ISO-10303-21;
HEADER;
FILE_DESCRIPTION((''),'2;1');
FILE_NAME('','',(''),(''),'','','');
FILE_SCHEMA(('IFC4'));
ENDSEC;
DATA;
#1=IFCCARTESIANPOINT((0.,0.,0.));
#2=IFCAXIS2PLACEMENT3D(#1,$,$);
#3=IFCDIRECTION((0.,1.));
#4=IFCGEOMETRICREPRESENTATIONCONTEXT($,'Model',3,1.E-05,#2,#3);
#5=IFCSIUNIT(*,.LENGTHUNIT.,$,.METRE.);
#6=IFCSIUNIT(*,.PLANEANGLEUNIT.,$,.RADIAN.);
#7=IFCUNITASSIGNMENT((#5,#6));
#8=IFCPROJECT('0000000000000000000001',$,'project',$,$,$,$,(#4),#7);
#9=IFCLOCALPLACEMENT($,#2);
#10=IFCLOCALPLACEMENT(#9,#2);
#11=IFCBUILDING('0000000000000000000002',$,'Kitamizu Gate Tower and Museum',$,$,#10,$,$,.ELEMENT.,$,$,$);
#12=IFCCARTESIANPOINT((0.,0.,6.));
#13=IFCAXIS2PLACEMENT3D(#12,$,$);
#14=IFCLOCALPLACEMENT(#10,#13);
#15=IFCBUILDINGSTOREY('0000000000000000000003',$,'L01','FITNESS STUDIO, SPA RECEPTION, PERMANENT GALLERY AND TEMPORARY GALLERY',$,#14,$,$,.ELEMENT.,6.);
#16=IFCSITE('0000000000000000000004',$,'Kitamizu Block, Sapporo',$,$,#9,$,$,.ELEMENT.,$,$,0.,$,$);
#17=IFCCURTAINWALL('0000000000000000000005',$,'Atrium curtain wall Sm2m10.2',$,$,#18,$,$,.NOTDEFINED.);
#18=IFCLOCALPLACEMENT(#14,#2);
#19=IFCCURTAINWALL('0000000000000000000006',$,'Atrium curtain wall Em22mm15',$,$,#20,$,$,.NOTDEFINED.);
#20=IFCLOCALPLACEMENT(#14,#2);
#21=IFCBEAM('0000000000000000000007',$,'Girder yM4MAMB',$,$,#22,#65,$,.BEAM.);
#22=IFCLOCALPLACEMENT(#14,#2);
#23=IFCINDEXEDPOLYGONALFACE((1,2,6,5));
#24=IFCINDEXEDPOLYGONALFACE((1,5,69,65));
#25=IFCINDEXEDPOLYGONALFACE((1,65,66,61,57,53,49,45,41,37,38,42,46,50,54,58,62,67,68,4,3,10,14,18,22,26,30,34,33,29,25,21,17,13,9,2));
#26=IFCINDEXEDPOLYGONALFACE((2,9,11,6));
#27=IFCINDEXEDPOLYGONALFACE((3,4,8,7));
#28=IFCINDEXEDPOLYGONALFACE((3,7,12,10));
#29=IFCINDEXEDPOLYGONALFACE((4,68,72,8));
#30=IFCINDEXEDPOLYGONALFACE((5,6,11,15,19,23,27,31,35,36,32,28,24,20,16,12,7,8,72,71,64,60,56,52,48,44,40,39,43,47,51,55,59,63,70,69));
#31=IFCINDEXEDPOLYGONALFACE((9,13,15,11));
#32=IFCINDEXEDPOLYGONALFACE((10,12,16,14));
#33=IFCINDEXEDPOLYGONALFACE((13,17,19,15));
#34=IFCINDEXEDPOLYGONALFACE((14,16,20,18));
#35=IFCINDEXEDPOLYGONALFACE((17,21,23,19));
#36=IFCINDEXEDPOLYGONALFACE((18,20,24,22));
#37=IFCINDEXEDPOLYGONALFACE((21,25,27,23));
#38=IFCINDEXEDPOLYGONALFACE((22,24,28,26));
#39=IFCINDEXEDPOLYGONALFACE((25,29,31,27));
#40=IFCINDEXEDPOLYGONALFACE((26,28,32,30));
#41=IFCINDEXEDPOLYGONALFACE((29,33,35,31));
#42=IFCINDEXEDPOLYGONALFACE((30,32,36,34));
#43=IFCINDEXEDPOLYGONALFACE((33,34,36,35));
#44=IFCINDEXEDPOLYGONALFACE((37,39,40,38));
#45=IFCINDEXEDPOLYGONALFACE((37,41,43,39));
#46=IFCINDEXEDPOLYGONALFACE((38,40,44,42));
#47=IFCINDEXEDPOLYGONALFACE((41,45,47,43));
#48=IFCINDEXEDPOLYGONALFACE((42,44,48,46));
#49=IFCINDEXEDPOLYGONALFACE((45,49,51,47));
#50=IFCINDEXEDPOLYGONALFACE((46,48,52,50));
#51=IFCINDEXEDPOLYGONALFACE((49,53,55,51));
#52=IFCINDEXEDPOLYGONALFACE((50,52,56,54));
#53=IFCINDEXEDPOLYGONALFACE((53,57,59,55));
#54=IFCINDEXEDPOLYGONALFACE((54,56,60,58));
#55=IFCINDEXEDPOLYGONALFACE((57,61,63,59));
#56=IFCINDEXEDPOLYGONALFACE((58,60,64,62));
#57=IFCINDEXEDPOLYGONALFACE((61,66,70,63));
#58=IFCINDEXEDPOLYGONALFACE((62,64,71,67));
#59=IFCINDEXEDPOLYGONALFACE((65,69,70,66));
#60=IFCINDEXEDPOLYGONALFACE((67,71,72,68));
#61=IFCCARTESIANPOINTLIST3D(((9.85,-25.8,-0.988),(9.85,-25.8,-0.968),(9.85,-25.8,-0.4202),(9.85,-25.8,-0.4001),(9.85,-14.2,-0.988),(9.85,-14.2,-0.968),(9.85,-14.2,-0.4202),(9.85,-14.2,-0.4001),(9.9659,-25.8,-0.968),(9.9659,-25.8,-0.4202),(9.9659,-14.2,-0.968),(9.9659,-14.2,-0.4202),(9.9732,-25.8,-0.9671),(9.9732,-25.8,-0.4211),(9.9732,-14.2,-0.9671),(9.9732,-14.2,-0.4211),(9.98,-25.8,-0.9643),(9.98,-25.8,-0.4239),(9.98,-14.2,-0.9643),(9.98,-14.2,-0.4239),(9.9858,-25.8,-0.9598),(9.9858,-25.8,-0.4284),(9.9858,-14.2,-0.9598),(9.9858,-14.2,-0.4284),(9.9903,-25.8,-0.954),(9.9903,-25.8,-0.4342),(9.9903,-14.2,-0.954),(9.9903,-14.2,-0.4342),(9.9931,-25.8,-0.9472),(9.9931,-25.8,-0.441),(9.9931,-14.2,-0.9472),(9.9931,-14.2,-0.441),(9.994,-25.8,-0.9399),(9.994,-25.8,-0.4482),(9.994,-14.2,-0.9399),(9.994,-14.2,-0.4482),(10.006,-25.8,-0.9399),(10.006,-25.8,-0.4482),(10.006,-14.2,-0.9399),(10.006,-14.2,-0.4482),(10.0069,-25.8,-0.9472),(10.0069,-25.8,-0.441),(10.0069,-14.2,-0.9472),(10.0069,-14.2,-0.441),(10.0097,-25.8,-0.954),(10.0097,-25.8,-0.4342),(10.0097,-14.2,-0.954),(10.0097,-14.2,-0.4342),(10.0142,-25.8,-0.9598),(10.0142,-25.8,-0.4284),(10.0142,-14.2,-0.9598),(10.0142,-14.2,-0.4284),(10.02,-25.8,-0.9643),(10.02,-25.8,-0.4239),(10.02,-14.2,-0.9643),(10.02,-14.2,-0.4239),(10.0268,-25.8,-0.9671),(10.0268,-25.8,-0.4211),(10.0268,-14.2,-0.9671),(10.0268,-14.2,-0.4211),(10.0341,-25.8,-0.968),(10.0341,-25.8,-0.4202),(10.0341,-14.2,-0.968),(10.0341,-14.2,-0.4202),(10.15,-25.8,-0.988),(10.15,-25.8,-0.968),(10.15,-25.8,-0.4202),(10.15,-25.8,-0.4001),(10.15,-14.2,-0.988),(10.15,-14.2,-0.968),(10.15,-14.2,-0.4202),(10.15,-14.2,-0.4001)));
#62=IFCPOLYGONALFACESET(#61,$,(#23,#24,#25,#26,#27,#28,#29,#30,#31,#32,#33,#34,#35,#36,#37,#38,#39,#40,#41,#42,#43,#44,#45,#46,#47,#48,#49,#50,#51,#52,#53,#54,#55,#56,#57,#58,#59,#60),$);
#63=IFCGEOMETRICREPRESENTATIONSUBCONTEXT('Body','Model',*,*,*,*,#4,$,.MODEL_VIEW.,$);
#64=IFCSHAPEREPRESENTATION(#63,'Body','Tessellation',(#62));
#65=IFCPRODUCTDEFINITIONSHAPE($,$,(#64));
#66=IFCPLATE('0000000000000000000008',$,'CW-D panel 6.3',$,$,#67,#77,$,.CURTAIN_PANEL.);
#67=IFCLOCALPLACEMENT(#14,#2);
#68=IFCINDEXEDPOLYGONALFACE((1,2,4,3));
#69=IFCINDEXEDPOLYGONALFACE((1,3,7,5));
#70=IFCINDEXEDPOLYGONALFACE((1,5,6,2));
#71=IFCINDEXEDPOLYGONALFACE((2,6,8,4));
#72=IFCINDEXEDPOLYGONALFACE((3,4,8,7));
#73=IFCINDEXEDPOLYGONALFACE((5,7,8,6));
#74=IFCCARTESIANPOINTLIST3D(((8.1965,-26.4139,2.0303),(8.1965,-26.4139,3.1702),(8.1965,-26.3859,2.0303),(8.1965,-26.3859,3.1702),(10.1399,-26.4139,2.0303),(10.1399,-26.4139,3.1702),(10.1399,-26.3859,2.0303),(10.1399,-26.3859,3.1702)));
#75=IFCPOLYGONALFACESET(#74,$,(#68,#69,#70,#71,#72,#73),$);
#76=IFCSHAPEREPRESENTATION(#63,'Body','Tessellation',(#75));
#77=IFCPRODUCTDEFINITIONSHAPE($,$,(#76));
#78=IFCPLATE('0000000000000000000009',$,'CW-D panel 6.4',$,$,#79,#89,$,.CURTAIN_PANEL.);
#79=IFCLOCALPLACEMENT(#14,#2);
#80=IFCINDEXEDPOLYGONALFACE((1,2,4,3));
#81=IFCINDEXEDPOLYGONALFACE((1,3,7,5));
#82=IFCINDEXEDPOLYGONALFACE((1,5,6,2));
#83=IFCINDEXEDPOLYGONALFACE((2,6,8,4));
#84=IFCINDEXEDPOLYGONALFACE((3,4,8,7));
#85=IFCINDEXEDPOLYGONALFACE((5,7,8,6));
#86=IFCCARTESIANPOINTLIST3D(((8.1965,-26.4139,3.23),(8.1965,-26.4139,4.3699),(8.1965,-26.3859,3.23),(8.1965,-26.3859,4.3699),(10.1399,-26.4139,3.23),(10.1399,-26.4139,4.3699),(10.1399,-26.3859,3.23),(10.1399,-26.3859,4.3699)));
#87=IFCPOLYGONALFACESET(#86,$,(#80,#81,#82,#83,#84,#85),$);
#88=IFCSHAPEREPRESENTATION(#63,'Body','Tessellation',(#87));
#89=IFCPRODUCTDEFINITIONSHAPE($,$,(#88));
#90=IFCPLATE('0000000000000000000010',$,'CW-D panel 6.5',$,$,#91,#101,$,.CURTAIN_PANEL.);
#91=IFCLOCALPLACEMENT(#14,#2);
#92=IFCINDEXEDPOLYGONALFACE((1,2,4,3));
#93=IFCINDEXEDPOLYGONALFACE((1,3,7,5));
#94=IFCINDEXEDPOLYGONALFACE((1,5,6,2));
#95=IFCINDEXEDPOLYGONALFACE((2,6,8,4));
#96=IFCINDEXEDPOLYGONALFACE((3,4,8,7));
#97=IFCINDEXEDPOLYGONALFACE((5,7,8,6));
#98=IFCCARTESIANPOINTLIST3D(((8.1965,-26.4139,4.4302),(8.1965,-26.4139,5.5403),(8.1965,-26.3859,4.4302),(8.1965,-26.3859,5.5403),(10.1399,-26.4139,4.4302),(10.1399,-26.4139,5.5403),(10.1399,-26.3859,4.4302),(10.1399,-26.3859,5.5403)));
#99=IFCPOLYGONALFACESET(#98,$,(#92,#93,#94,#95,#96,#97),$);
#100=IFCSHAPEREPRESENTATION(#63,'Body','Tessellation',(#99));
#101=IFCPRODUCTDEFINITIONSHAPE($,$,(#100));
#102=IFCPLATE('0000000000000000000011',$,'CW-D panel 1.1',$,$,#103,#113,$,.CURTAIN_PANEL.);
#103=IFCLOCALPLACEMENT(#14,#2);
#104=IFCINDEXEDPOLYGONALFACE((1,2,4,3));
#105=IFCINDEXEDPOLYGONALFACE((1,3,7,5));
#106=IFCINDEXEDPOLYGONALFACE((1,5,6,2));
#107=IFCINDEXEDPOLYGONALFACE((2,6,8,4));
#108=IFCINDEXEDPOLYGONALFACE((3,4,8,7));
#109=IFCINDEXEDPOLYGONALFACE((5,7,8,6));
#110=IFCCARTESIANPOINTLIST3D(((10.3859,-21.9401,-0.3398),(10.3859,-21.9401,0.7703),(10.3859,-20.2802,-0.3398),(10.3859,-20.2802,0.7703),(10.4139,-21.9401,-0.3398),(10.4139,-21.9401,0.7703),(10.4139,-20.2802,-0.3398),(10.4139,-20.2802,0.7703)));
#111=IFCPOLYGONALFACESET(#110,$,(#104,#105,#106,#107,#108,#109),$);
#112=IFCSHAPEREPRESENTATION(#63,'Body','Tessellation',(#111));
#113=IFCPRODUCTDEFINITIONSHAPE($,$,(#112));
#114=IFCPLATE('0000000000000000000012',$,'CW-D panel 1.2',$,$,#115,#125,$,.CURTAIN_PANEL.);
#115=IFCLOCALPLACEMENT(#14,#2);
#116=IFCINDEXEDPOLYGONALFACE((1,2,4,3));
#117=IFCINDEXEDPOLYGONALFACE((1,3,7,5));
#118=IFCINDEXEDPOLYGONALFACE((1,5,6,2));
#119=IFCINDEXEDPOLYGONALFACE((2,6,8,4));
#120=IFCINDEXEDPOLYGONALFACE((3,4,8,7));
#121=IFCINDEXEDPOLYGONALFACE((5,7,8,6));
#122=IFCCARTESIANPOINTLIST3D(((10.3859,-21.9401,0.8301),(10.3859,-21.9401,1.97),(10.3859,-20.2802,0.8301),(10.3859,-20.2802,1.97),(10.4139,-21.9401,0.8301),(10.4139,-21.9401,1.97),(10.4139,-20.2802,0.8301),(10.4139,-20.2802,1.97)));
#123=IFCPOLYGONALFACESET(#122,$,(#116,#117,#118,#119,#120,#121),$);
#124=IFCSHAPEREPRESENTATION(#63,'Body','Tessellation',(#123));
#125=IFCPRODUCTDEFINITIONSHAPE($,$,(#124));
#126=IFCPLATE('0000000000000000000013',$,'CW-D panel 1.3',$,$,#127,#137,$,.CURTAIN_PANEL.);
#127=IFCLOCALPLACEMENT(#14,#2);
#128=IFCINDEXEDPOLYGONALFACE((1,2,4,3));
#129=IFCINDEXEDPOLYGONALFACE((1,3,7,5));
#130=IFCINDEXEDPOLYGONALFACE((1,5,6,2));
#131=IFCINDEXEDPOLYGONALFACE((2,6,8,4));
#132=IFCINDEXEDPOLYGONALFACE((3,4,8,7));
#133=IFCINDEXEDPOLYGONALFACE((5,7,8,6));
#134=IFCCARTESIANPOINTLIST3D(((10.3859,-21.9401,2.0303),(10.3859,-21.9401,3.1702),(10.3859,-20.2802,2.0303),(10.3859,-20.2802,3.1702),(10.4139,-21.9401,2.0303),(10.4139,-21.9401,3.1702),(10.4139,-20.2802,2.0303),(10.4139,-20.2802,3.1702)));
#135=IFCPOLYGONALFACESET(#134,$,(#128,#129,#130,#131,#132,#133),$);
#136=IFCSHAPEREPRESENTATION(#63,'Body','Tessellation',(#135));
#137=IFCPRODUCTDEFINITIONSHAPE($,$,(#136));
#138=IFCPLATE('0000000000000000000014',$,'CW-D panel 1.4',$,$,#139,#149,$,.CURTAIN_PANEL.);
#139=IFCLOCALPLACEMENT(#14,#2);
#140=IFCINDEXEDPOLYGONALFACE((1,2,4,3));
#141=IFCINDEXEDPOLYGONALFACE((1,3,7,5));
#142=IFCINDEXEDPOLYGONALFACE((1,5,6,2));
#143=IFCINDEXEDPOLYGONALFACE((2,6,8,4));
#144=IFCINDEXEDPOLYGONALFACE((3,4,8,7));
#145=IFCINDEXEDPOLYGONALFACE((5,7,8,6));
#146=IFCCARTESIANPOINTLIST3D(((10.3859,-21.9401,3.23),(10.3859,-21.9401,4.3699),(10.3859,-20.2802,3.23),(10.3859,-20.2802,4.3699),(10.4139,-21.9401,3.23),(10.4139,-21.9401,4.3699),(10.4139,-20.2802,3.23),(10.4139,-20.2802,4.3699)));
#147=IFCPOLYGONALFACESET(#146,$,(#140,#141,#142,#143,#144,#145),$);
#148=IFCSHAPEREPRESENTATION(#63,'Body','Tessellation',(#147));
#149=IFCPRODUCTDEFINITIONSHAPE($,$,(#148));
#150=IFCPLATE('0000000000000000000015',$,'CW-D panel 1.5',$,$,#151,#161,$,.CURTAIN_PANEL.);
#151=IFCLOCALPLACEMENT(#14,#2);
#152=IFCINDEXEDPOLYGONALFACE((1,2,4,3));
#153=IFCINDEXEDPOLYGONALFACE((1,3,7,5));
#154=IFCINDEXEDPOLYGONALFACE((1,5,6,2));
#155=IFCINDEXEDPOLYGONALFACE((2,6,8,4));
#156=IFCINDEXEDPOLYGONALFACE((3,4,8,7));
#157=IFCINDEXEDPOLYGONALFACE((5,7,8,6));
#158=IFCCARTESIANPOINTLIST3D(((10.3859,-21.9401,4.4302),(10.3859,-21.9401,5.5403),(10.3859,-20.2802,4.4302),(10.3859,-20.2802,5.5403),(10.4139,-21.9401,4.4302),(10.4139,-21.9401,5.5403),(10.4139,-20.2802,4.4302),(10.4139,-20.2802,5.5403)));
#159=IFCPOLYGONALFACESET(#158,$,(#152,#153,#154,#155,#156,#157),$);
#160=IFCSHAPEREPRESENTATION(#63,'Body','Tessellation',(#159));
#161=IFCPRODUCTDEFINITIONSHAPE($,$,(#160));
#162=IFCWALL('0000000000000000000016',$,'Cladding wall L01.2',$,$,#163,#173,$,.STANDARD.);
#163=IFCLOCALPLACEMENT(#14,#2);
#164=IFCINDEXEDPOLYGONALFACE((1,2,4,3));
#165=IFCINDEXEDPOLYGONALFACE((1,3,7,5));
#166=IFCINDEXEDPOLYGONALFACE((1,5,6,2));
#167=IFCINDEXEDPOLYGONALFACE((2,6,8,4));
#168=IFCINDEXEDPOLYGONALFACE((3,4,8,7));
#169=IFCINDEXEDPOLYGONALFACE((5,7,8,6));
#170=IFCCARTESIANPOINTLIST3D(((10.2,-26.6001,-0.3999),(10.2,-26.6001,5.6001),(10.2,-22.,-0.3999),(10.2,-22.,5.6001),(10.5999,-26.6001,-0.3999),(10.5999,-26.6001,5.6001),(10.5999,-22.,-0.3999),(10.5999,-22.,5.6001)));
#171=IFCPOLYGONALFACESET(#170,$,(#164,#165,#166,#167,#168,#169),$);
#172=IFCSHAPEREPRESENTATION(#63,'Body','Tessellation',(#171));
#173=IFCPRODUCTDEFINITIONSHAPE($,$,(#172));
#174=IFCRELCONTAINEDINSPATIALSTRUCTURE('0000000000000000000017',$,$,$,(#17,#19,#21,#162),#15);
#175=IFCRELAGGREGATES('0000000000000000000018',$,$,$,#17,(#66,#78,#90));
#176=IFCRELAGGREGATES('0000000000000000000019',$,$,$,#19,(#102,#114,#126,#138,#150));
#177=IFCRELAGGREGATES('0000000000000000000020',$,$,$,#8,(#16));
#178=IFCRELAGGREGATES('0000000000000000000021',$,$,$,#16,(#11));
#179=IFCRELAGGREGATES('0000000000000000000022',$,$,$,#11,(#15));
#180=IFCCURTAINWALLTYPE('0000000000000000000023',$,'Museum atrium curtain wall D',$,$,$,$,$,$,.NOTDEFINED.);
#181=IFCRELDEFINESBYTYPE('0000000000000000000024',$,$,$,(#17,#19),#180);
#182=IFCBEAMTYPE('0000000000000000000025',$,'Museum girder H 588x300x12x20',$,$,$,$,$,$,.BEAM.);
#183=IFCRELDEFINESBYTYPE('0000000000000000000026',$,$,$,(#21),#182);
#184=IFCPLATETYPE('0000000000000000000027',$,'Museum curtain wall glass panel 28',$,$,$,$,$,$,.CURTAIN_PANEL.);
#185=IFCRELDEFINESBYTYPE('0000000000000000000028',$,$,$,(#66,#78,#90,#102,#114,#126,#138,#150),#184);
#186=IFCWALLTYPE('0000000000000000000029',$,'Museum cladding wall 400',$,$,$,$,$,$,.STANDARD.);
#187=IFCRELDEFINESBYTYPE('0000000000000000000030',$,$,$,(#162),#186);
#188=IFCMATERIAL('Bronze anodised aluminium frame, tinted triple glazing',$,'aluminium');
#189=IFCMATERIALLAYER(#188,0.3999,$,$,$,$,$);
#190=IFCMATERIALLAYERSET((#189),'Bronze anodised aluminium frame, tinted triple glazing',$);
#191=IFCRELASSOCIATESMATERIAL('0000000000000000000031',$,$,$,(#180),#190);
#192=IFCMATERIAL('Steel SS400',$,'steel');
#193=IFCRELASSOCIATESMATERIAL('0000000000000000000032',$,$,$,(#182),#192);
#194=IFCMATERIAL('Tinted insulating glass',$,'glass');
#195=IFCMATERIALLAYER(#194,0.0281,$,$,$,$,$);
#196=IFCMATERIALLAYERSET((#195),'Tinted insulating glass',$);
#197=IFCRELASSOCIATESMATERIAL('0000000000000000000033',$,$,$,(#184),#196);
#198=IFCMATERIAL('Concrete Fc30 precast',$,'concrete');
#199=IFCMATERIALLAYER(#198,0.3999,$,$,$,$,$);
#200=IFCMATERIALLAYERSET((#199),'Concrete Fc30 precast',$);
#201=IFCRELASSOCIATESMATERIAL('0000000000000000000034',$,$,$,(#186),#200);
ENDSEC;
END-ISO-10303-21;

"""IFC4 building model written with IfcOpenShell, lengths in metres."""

from ifc_helpers import new_model, si_unit, direction, frame, frame_2d, origin, origin_2d, place, context, subcontext, project, spatial, rectangle, i_section, extrude, material, layer, layer_set, material_profile, profile_set, type_object, element, aggregate, save


model = new_model("IFC4")

# Units and contexts
model_context = context("Model", 3, precision=1e-05, world=origin(), true_north=direction((0.0, 1.0)))
body_context = subcontext(model_context, "Body", "Model", "MODEL_VIEW")
ifc_project = project(units=[si_unit("LENGTHUNIT", "METRE"), si_unit("PLANEANGLEUNIT", "RADIAN")], contexts=[model_context])

# Site, building, storey
site_placement = place(None, origin())
site = spatial("IfcSite", under=ifc_project, at=site_placement, Name="Kitamizu Block, Sapporo", CompositionType="ELEMENT", RefElevation=0.0)
building_placement = place(site_placement, origin())
building = spatial("IfcBuilding", under=site, at=building_placement, Name="Kitamizu Gate Tower and Museum", CompositionType="ELEMENT")
storey_placement = place(building_placement, frame((0.0, 0.0, 6.0)))
storey = spatial("IfcBuildingStorey", under=building, at=storey_placement, Name="L01", Description="FITNESS STUDIO, SPA RECEPTION, PERMANENT GALLERY AND TEMPORARY GALLERY", CompositionType="ELEMENT", Elevation=6.0)

# Curtain wall
ifc_material_1 = material(Name="Bronze anodised aluminium frame, tinted triple glazing", Category="aluminium")
ifc_layer_1 = layer(ifc_material_1, 0.3999)
ifc_layer_set_1 = layer_set([ifc_layer_1], Name="Bronze anodised aluminium frame, tinted triple glazing")
curtain_wall_type = type_object("IfcCurtainWallType", Name="Museum atrium curtain wall D", PredefinedType="NOTDEFINED", material=ifc_layer_set_1)
curtain_wall_1_placement = place(storey_placement, origin())
curtain_wall_1 = element("IfcCurtainWall", 1, at=curtain_wall_1_placement, inside=storey, type_object=curtain_wall_type, Name="Atrium curtain wall Sm2m10.2", PredefinedType="NOTDEFINED")

# Curtain wall
curtain_wall_2_placement = place(storey_placement, origin())
curtain_wall_2 = element("IfcCurtainWall", 2, at=curtain_wall_2_placement, inside=storey, type_object=curtain_wall_type, Name="Atrium curtain wall Em22mm15", PredefinedType="NOTDEFINED")

# Beam
ifc_material_2 = material(Name="Steel SS400", Category="steel")
ifc_material_profile_1 = material_profile(ifc_material_2, i_section(OverallWidth=0.3, OverallDepth=0.5879, WebThickness=0.012, FlangeThickness=0.02, FilletRadius=0.0281, at=origin_2d()), Name="H-588x300x12x20")
ifc_profile_set_1 = profile_set([ifc_material_profile_1], Name="Steel SS400")
beam_type = type_object("IfcBeamType", Name="Museum girder H 588x300x12x20", PredefinedType="BEAM", material=ifc_profile_set_1)
beam_placement = place(storey_placement, frame((10.0, -25.8, -0.6941), z_axis=(0.0, 1.0, 0.0), x_axis=(-1.0, 0.0, 0.0)))
element("IfcBeam", 3, at=beam_placement, inside=storey, type_object=beam_type, Name="Girder yM4MAMB", PredefinedType="BEAM", context=body_context, shape_type="SweptSolid", body=[
    extrude(i_section(OverallWidth=0.3, OverallDepth=0.5879, WebThickness=0.012, FlangeThickness=0.02, FilletRadius=0.0281, at=origin_2d()), origin(), (0.0, 0.0, 1.0), 11.6001),
])

# Plates
ifc_material_3 = material(Name="Tinted insulating glass", Category="glass")
ifc_layer_2 = layer(ifc_material_3, 0.0281)
ifc_layer_set_2 = layer_set([ifc_layer_2], Name="Tinted insulating glass")
plate_type = type_object("IfcPlateType", Name="Museum curtain wall glass panel 28", PredefinedType="CURTAIN_PANEL", material=ifc_layer_set_2)
plate_1_placement = place(storey_placement, frame((9.1682, -26.3999, 2.0303), z_axis=(0.0, 0.0, 1.0), x_axis=(1.0, 0.0, 0.0)))
plate_1 = element("IfcPlate", 4, at=plate_1_placement, type_object=plate_type, Name="CW-D panel 6.3", PredefinedType="CURTAIN_PANEL", context=body_context, shape_type="SweptSolid", body=[
    extrude(rectangle(XDim=1.9434, YDim=0.0281, at=origin_2d()), origin(), (0.0, 0.0, 1.0), 1.1399),
])
plate_2_placement = place(storey_placement, frame((9.1682, -26.3999, 3.23), z_axis=(0.0, 0.0, 1.0), x_axis=(1.0, 0.0, 0.0)))
plate_2 = element("IfcPlate", 5, at=plate_2_placement, type_object=plate_type, Name="CW-D panel 6.4", PredefinedType="CURTAIN_PANEL", context=body_context, shape_type="SweptSolid", body=[
    extrude(rectangle(XDim=1.9434, YDim=0.0281, at=origin_2d()), origin(), (0.0, 0.0, 1.0), 1.1399),
])
plate_3_placement = place(storey_placement, frame((9.1682, -26.3999, 4.4302), z_axis=(0.0, 0.0, 1.0), x_axis=(1.0, 0.0, 0.0)))
plate_3 = element("IfcPlate", 6, at=plate_3_placement, type_object=plate_type, Name="CW-D panel 6.5", PredefinedType="CURTAIN_PANEL", context=body_context, shape_type="SweptSolid", body=[
    extrude(rectangle(XDim=1.9434, YDim=0.0281, at=origin_2d()), origin(), (0.0, 0.0, 1.0), 1.1101),
])
aggregate(curtain_wall_1, [plate_1, plate_2, plate_3])
plate_4_placement = place(storey_placement, frame((10.3999, -21.1101, -0.3398), z_axis=(0.0, 0.0, 1.0), x_axis=(0.0, 1.0, 0.0)))
plate_4 = element("IfcPlate", 7, at=plate_4_placement, type_object=plate_type, Name="CW-D panel 1.1", PredefinedType="CURTAIN_PANEL", context=body_context, shape_type="SweptSolid", body=[
    extrude(rectangle(XDim=1.6599, YDim=0.0281, at=origin_2d()), origin(), (0.0, 0.0, 1.0), 1.1101),
])
plate_5_placement = place(storey_placement, frame((10.3999, -21.1101, 0.8301), z_axis=(0.0, 0.0, 1.0), x_axis=(0.0, 1.0, 0.0)))
plate_5 = element("IfcPlate", 8, at=plate_5_placement, type_object=plate_type, Name="CW-D panel 1.2", PredefinedType="CURTAIN_PANEL", context=body_context, shape_type="SweptSolid", body=[
    extrude(rectangle(XDim=1.6599, YDim=0.0281, at=origin_2d()), origin(), (0.0, 0.0, 1.0), 1.1399),
])
plate_6_placement = place(storey_placement, frame((10.3999, -21.1101, 2.0303), z_axis=(0.0, 0.0, 1.0), x_axis=(0.0, 1.0, 0.0)))
plate_6 = element("IfcPlate", 9, at=plate_6_placement, type_object=plate_type, Name="CW-D panel 1.3", PredefinedType="CURTAIN_PANEL", context=body_context, shape_type="SweptSolid", body=[
    extrude(rectangle(XDim=1.6599, YDim=0.0281, at=origin_2d()), origin(), (0.0, 0.0, 1.0), 1.1399),
])
plate_7_placement = place(storey_placement, frame((10.3999, -21.1101, 3.23), z_axis=(0.0, 0.0, 1.0), x_axis=(0.0, 1.0, 0.0)))
plate_7 = element("IfcPlate", 10, at=plate_7_placement, type_object=plate_type, Name="CW-D panel 1.4", PredefinedType="CURTAIN_PANEL", context=body_context, shape_type="SweptSolid", body=[
    extrude(rectangle(XDim=1.6599, YDim=0.0281, at=origin_2d()), origin(), (0.0, 0.0, 1.0), 1.1399),
])
plate_8_placement = place(storey_placement, frame((10.3999, -21.1101, 4.4302), z_axis=(0.0, 0.0, 1.0), x_axis=(0.0, 1.0, 0.0)))
plate_8 = element("IfcPlate", 11, at=plate_8_placement, type_object=plate_type, Name="CW-D panel 1.5", PredefinedType="CURTAIN_PANEL", context=body_context, shape_type="SweptSolid", body=[
    extrude(rectangle(XDim=1.6599, YDim=0.0281, at=origin_2d()), origin(), (0.0, 0.0, 1.0), 1.1101),
])
aggregate(curtain_wall_2, [plate_4, plate_5, plate_6, plate_7, plate_8])

# Wall
ifc_material_4 = material(Name="Concrete Fc30 precast", Category="concrete")
ifc_layer_3 = layer(ifc_material_4, 0.3999)
ifc_layer_set_3 = layer_set([ifc_layer_3], Name="Concrete Fc30 precast")
wall_type = type_object("IfcWallType", Name="Museum cladding wall 400", PredefinedType="STANDARD", material=ifc_layer_set_3)
wall_placement = place(storey_placement, frame((10.3999, -26.6001, -0.3999), z_axis=(0.0, 0.0, 1.0), x_axis=(0.0, 1.0, 0.0)))
element("IfcWall", 12, at=wall_placement, inside=storey, type_object=wall_type, Name="Cladding wall L01.2", PredefinedType="STANDARD", context=body_context, shape_type="SweptSolid", body=[
    extrude(rectangle(XDim=4.6001, YDim=0.3999, at=frame_2d((2.3, 0.0))), origin(), (0.0, 0.0, 1.0), 6.0),
])

save(model, "model.ifc")
